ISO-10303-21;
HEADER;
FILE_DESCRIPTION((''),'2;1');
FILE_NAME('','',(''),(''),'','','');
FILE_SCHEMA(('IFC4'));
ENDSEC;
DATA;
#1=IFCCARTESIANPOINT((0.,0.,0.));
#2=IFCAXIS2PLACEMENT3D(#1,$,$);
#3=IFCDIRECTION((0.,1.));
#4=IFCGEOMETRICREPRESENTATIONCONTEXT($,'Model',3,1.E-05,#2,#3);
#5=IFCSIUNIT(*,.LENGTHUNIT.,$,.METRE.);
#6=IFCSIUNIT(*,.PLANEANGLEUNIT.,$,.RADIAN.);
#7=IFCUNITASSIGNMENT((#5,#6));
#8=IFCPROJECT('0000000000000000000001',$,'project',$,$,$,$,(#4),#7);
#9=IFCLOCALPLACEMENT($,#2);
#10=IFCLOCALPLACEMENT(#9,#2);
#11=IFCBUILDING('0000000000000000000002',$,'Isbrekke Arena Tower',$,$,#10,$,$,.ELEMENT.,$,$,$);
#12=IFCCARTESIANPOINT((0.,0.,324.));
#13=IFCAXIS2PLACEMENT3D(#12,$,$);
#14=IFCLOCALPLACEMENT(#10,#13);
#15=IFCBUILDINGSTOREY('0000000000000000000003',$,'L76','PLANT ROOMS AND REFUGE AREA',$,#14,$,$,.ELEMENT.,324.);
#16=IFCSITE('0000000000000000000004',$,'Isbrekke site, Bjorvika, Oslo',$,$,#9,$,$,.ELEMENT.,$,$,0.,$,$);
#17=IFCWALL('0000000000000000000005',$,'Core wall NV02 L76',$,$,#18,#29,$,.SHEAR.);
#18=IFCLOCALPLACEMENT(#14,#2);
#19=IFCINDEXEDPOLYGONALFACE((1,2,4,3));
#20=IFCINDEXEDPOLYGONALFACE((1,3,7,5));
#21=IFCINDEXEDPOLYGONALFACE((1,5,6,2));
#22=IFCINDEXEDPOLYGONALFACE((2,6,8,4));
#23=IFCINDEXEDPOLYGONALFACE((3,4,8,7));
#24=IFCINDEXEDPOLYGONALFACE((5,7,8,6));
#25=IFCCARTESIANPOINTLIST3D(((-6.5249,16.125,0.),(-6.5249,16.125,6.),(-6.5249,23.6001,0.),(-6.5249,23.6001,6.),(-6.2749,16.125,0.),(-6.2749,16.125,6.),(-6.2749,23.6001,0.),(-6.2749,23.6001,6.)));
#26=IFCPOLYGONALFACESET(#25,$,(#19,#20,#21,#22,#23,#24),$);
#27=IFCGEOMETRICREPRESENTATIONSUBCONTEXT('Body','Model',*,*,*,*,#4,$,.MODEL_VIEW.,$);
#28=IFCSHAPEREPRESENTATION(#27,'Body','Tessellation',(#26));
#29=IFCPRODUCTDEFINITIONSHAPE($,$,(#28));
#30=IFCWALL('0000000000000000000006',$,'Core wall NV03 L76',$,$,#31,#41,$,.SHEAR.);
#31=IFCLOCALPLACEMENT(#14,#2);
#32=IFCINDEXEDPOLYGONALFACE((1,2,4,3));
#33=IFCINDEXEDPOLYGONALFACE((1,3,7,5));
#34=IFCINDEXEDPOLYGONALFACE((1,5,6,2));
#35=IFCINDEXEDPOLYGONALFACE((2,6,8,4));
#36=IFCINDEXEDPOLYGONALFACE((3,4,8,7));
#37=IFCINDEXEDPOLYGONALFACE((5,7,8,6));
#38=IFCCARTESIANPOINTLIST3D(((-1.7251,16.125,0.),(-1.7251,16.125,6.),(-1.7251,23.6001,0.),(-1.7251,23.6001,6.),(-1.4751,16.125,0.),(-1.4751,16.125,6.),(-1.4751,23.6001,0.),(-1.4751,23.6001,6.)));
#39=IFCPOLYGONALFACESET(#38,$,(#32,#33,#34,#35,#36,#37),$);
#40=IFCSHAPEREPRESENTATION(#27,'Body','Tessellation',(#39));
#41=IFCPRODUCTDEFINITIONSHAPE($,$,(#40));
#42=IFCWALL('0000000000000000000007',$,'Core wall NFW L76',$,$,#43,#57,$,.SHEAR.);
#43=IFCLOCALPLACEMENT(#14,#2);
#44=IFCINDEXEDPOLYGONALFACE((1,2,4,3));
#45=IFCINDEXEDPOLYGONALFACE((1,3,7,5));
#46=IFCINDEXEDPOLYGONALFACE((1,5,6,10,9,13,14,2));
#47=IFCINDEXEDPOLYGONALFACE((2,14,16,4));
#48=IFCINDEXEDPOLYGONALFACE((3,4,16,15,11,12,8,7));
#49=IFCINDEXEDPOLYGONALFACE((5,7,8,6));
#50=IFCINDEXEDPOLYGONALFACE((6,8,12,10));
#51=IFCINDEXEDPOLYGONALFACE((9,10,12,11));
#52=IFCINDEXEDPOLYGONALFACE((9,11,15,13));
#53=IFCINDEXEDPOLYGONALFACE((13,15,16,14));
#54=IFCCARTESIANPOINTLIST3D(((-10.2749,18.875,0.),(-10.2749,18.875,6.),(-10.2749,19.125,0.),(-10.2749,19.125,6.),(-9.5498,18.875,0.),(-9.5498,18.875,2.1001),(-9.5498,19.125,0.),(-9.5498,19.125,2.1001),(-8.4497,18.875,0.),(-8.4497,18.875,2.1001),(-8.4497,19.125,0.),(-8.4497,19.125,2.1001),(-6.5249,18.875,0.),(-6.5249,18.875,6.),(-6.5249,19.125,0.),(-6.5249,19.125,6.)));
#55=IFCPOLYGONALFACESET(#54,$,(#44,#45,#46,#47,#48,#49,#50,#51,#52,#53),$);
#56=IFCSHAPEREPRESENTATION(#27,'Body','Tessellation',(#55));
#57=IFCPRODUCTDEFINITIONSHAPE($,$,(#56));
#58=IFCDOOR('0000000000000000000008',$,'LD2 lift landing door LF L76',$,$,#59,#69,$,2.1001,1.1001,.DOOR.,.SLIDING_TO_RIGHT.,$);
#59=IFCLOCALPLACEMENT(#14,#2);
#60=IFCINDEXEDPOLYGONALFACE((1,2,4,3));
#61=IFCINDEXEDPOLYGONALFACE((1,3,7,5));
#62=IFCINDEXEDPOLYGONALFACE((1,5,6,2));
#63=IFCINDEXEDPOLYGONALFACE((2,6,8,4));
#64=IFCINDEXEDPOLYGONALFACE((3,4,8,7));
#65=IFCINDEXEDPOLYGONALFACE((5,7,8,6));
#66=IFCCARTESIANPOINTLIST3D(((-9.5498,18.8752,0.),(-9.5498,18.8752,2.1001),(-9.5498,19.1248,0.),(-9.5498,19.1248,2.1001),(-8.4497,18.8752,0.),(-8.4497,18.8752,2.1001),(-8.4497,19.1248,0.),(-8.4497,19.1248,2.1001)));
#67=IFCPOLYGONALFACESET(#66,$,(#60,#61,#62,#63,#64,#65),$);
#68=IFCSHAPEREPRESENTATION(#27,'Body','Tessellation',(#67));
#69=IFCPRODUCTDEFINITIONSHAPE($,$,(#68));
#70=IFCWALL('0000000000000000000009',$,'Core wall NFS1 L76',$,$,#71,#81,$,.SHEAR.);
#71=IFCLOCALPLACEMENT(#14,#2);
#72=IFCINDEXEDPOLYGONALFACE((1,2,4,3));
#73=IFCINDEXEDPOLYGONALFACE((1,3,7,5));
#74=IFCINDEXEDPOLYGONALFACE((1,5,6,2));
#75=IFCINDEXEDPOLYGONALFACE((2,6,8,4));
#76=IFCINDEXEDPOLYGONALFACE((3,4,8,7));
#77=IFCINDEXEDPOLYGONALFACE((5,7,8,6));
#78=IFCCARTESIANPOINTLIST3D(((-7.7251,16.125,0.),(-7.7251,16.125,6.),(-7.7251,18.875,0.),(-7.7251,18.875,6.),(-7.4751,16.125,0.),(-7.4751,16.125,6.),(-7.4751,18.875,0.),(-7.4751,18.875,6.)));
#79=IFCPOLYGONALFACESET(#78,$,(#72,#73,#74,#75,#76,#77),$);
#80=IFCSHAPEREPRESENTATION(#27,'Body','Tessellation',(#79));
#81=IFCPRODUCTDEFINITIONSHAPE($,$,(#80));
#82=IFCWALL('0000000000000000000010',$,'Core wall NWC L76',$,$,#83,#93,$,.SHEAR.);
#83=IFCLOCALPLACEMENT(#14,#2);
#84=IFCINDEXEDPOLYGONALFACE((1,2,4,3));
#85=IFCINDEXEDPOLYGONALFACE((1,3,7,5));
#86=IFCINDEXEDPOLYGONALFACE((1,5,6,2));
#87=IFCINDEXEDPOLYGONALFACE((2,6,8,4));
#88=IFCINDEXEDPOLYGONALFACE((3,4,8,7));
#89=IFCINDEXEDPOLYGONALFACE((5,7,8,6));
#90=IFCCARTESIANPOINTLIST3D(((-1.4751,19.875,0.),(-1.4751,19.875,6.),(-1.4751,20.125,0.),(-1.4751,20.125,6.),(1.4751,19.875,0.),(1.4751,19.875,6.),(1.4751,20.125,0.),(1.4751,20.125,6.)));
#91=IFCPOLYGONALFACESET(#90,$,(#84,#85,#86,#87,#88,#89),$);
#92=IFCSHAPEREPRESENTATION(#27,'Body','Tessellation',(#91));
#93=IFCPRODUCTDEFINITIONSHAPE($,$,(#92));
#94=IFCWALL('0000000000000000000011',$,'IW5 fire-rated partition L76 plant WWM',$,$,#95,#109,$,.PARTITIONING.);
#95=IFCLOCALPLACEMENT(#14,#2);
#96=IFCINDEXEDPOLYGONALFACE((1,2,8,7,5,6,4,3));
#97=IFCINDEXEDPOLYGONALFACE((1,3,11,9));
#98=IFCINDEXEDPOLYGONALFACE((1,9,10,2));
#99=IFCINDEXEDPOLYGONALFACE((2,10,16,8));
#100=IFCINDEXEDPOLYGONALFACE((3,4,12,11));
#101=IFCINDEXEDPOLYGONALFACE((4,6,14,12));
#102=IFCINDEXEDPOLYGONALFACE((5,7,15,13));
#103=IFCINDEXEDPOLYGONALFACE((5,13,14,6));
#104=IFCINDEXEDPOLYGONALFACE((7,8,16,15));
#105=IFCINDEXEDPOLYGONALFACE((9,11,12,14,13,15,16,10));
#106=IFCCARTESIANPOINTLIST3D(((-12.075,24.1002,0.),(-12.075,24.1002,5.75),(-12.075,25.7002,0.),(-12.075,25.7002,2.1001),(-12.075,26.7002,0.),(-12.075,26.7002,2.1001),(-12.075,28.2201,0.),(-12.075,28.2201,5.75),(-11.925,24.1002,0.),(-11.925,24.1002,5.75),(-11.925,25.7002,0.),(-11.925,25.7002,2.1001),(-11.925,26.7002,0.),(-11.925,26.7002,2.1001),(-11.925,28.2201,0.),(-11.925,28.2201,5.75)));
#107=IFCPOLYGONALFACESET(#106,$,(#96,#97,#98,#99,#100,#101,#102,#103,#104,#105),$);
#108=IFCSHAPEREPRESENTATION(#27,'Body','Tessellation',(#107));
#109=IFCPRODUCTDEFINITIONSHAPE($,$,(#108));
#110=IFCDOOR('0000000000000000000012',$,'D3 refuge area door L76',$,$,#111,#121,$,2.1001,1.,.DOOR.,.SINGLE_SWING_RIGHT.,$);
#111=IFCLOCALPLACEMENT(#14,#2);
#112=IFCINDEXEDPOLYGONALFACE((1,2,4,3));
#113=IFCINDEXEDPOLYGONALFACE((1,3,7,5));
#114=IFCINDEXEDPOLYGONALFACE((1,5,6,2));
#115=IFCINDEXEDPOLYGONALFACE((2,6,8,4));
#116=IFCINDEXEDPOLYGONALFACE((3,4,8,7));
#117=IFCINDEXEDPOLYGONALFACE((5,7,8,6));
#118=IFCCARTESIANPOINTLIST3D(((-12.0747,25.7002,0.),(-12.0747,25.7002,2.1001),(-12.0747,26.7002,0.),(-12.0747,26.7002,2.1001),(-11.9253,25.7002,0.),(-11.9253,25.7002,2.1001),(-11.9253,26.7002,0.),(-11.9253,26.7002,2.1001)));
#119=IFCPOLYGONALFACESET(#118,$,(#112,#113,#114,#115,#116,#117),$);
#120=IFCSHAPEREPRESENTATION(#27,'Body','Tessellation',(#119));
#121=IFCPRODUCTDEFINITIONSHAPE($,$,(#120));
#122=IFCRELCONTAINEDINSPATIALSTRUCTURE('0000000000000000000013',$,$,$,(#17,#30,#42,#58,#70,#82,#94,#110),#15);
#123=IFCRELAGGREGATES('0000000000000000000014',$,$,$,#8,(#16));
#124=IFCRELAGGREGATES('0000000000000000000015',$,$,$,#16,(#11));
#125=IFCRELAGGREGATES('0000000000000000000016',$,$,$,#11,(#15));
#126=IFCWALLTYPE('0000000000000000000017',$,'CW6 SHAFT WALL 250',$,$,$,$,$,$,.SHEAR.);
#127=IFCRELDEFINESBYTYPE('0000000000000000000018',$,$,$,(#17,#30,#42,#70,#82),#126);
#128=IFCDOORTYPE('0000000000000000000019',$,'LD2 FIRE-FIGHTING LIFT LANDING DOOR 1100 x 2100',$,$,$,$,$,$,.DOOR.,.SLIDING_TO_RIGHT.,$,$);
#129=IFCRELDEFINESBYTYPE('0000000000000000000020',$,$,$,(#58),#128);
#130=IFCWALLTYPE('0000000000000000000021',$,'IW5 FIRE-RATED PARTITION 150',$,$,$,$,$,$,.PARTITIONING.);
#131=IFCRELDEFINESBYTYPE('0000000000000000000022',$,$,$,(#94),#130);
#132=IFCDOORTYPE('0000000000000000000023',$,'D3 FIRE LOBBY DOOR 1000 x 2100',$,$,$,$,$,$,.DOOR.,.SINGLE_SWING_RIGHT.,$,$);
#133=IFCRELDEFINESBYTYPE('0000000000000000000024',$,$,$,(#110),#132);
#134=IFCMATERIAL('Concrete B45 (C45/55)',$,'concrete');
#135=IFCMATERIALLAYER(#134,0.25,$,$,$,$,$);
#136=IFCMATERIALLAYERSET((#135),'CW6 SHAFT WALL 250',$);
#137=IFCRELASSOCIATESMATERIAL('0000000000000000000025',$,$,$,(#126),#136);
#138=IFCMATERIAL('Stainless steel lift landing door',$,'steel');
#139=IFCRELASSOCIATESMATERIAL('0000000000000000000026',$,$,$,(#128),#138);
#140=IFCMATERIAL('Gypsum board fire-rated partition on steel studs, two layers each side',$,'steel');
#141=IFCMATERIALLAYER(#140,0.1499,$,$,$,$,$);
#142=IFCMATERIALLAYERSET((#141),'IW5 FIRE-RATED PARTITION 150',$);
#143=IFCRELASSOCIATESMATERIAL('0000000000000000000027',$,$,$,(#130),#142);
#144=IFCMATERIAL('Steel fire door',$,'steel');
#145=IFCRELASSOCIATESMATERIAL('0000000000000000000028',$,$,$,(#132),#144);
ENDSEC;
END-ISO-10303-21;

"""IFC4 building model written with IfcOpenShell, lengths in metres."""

from ifc_helpers import new_model, si_unit, direction, frame, frame_2d, origin, place, context, subcontext, project, spatial, rectangle, extrude, material, layer, layer_set, type_object, element, fill, save


model = new_model("IFC4")

# Units and contexts
model_context = context("Model", 3, precision=1e-05, world=origin(), true_north=direction((0.0, 1.0)))
body_context = subcontext(model_context, "Body", "Model", "MODEL_VIEW")
ifc_project = project(units=[si_unit("LENGTHUNIT", "METRE"), si_unit("PLANEANGLEUNIT", "RADIAN")], contexts=[model_context])

# Site, building, storey
site_placement = place(None, origin())
site = spatial("IfcSite", under=ifc_project, at=site_placement, Name="Isbrekke site, Bjorvika, Oslo", CompositionType="ELEMENT", RefElevation=0.0)
building_placement = place(site_placement, origin())
building = spatial("IfcBuilding", under=site, at=building_placement, Name="Isbrekke Arena Tower", CompositionType="ELEMENT")
storey_placement = place(building_placement, frame((0.0, 0.0, 324.0)))
storey = spatial("IfcBuildingStorey", under=building, at=storey_placement, Name="L76", Description="PLANT ROOMS AND REFUGE AREA", CompositionType="ELEMENT", Elevation=324.0)

# Shared definitions
ifc_material_1 = material(Name="Concrete B45 (C45/55)", Category="concrete")
ifc_layer_1 = layer(ifc_material_1, 0.25)
ifc_layer_set_1 = layer_set([ifc_layer_1], Name="CW6 SHAFT WALL 250")
wall_type_1 = type_object("IfcWallType", Name="CW6 SHAFT WALL 250", PredefinedType="SHEAR", material=ifc_layer_set_1)

# Walls
for number, where, z_axis, x_axis, name in (
    (1, (-6.3999, 16.125, 0.0), (0.0, 0.0, 1.0), (0.0, 1.0, 0.0), "Core wall NV02 L76"),
    (2, (-1.6001, 16.125, 0.0), (0.0, 0.0, 1.0), (0.0, 1.0, 0.0), "Core wall NV03 L76"),
):
    element("IfcWall", number, at=place(storey_placement, frame(where, z_axis=z_axis, x_axis=x_axis)), inside=storey, type_object=wall_type_1, Name=name, PredefinedType="SHEAR", context=body_context, shape_type="SweptSolid", body=[
        extrude(rectangle(XDim=7.4751, YDim=0.25, at=frame_2d((3.7375, 0.0))), origin(), (0.0, 0.0, 1.0), 6.0),
    ])

# Wall, opening, door
wall_1_placement = place(storey_placement, frame((-10.2749, 19.0, 0.0), z_axis=(0.0, 0.0, 1.0), x_axis=(1.0, 0.0, 0.0)))
wall_1 = element("IfcWall", 3, at=wall_1_placement, inside=storey, type_object=wall_type_1, Name="Core wall NFW L76", PredefinedType="SHEAR", context=body_context, shape_type="SweptSolid", body=[
    extrude(rectangle(XDim=3.75, YDim=0.25, at=frame_2d((1.875, 0.0))), origin(), (0.0, 0.0, 1.0), 6.0),
])
opening_1_placement = place(wall_1_placement, frame((0.7251, 0.0, 0.0)))
opening_1 = element("IfcOpeningElement", 4, at=opening_1_placement, cuts=wall_1, PredefinedType="OPENING", context=body_context, shape_type="SweptSolid", body=[
    extrude(rectangle(XDim=1.1001, YDim=2.1001, at=frame_2d((0.55, 1.05))), frame((0.0, 0.1399, 0.0), z_axis=(0.0, -1.0, 0.0), x_axis=(1.0, 0.0, 0.0)), (0.0, 0.0, 1.0), 0.2798),
])
ifc_material_2 = material(Name="Stainless steel lift landing door", Category="steel")
door_type_1 = type_object("IfcDoorType", Name="LD2 FIRE-FIGHTING LIFT LANDING DOOR 1100 x 2100", OperationType="SLIDING_TO_RIGHT", PredefinedType="DOOR", material=ifc_material_2)
door_1_placement = place(opening_1_placement, origin())
door_1 = element("IfcDoor", 5, at=door_1_placement, inside=storey, type_object=door_type_1, Name="LD2 lift landing door LF L76", OperationType="SLIDING_TO_RIGHT", OverallHeight=2.1001, OverallWidth=1.1001, PredefinedType="DOOR", context=body_context, shape_type="SweptSolid", body=[
    extrude(rectangle(XDim=1.1001, YDim=2.1001, at=frame_2d((0.55, 1.05))), frame((0.0, 0.1248, 0.0), z_axis=(0.0, -1.0, 0.0), x_axis=(1.0, 0.0, 0.0)), (0.0, 0.0, 1.0), 0.2495),
])
fill(opening_1, door_1)

# Walls
wall_2_placement = place(storey_placement, frame((-7.6001, 16.125, 0.0), z_axis=(0.0, 0.0, 1.0), x_axis=(0.0, 1.0, 0.0)))
element("IfcWall", 6, at=wall_2_placement, inside=storey, type_object=wall_type_1, Name="Core wall NFS1 L76", PredefinedType="SHEAR", context=body_context, shape_type="SweptSolid", body=[
    extrude(rectangle(XDim=2.75, YDim=0.25, at=frame_2d((1.375, 0.0))), origin(), (0.0, 0.0, 1.0), 6.0),
])
wall_3_placement = place(storey_placement, frame((-1.4751, 20.0, 0.0), z_axis=(0.0, 0.0, 1.0), x_axis=(1.0, 0.0, 0.0)))
element("IfcWall", 7, at=wall_3_placement, inside=storey, type_object=wall_type_1, Name="Core wall NWC L76", PredefinedType="SHEAR", context=body_context, shape_type="SweptSolid", body=[
    extrude(rectangle(XDim=2.9502, YDim=0.25, at=frame_2d((1.4751, 0.0))), origin(), (0.0, 0.0, 1.0), 6.0),
])

# Wall, opening, door
ifc_material_3 = material(Name="Gypsum board fire-rated partition on steel studs, two layers each side", Category="steel")
ifc_layer_2 = layer(ifc_material_3, 0.1499)
ifc_layer_set_2 = layer_set([ifc_layer_2], Name="IW5 FIRE-RATED PARTITION 150")
wall_type_2 = type_object("IfcWallType", Name="IW5 FIRE-RATED PARTITION 150", PredefinedType="PARTITIONING", material=ifc_layer_set_2)
wall_4_placement = place(storey_placement, frame((-12.0, 24.1001, 0.0), z_axis=(0.0, 0.0, 1.0), x_axis=(0.0, 1.0, 0.0)))
wall_4 = element("IfcWall", 8, at=wall_4_placement, inside=storey, type_object=wall_type_2, Name="IW5 fire-rated partition L76 plant WWM", PredefinedType="PARTITIONING", context=body_context, shape_type="SweptSolid", body=[
    extrude(rectangle(XDim=4.1199, YDim=0.1499, at=frame_2d((2.0601, 0.0))), origin(), (0.0, 0.0, 1.0), 5.75),
])
opening_2_placement = place(wall_4_placement, frame((1.6001, 0.0, 0.0)))
opening_2 = element("IfcOpeningElement", 9, at=opening_2_placement, cuts=wall_4, PredefinedType="OPENING", context=body_context, shape_type="SweptSolid", body=[
    extrude(rectangle(XDim=1.0, YDim=2.1001, at=frame_2d((0.5, 1.05))), frame((0.0, 0.0898, 0.0), z_axis=(0.0, -1.0, 0.0), x_axis=(1.0, 0.0, 0.0)), (0.0, 0.0, 1.0), 0.1797),
])
ifc_material_4 = material(Name="Steel fire door", Category="steel")
door_type_2 = type_object("IfcDoorType", Name="D3 FIRE LOBBY DOOR 1000 x 2100", OperationType="SINGLE_SWING_RIGHT", PredefinedType="DOOR", material=ifc_material_4)
door_2_placement = place(opening_2_placement, origin())
door_2 = element("IfcDoor", 10, at=door_2_placement, inside=storey, type_object=door_type_2, Name="D3 refuge area door L76", OperationType="SINGLE_SWING_RIGHT", OverallHeight=2.1001, OverallWidth=1.0, PredefinedType="DOOR", context=body_context, shape_type="SweptSolid", body=[
    extrude(rectangle(XDim=1.0, YDim=2.1001, at=frame_2d((0.5, 1.05))), frame((0.0, 0.0747, 0.0), z_axis=(0.0, -1.0, 0.0), x_axis=(1.0, 0.0, 0.0)), (0.0, 0.0, 1.0), 0.1494),
])
fill(opening_2, door_2)

save(model, "model.ifc")
